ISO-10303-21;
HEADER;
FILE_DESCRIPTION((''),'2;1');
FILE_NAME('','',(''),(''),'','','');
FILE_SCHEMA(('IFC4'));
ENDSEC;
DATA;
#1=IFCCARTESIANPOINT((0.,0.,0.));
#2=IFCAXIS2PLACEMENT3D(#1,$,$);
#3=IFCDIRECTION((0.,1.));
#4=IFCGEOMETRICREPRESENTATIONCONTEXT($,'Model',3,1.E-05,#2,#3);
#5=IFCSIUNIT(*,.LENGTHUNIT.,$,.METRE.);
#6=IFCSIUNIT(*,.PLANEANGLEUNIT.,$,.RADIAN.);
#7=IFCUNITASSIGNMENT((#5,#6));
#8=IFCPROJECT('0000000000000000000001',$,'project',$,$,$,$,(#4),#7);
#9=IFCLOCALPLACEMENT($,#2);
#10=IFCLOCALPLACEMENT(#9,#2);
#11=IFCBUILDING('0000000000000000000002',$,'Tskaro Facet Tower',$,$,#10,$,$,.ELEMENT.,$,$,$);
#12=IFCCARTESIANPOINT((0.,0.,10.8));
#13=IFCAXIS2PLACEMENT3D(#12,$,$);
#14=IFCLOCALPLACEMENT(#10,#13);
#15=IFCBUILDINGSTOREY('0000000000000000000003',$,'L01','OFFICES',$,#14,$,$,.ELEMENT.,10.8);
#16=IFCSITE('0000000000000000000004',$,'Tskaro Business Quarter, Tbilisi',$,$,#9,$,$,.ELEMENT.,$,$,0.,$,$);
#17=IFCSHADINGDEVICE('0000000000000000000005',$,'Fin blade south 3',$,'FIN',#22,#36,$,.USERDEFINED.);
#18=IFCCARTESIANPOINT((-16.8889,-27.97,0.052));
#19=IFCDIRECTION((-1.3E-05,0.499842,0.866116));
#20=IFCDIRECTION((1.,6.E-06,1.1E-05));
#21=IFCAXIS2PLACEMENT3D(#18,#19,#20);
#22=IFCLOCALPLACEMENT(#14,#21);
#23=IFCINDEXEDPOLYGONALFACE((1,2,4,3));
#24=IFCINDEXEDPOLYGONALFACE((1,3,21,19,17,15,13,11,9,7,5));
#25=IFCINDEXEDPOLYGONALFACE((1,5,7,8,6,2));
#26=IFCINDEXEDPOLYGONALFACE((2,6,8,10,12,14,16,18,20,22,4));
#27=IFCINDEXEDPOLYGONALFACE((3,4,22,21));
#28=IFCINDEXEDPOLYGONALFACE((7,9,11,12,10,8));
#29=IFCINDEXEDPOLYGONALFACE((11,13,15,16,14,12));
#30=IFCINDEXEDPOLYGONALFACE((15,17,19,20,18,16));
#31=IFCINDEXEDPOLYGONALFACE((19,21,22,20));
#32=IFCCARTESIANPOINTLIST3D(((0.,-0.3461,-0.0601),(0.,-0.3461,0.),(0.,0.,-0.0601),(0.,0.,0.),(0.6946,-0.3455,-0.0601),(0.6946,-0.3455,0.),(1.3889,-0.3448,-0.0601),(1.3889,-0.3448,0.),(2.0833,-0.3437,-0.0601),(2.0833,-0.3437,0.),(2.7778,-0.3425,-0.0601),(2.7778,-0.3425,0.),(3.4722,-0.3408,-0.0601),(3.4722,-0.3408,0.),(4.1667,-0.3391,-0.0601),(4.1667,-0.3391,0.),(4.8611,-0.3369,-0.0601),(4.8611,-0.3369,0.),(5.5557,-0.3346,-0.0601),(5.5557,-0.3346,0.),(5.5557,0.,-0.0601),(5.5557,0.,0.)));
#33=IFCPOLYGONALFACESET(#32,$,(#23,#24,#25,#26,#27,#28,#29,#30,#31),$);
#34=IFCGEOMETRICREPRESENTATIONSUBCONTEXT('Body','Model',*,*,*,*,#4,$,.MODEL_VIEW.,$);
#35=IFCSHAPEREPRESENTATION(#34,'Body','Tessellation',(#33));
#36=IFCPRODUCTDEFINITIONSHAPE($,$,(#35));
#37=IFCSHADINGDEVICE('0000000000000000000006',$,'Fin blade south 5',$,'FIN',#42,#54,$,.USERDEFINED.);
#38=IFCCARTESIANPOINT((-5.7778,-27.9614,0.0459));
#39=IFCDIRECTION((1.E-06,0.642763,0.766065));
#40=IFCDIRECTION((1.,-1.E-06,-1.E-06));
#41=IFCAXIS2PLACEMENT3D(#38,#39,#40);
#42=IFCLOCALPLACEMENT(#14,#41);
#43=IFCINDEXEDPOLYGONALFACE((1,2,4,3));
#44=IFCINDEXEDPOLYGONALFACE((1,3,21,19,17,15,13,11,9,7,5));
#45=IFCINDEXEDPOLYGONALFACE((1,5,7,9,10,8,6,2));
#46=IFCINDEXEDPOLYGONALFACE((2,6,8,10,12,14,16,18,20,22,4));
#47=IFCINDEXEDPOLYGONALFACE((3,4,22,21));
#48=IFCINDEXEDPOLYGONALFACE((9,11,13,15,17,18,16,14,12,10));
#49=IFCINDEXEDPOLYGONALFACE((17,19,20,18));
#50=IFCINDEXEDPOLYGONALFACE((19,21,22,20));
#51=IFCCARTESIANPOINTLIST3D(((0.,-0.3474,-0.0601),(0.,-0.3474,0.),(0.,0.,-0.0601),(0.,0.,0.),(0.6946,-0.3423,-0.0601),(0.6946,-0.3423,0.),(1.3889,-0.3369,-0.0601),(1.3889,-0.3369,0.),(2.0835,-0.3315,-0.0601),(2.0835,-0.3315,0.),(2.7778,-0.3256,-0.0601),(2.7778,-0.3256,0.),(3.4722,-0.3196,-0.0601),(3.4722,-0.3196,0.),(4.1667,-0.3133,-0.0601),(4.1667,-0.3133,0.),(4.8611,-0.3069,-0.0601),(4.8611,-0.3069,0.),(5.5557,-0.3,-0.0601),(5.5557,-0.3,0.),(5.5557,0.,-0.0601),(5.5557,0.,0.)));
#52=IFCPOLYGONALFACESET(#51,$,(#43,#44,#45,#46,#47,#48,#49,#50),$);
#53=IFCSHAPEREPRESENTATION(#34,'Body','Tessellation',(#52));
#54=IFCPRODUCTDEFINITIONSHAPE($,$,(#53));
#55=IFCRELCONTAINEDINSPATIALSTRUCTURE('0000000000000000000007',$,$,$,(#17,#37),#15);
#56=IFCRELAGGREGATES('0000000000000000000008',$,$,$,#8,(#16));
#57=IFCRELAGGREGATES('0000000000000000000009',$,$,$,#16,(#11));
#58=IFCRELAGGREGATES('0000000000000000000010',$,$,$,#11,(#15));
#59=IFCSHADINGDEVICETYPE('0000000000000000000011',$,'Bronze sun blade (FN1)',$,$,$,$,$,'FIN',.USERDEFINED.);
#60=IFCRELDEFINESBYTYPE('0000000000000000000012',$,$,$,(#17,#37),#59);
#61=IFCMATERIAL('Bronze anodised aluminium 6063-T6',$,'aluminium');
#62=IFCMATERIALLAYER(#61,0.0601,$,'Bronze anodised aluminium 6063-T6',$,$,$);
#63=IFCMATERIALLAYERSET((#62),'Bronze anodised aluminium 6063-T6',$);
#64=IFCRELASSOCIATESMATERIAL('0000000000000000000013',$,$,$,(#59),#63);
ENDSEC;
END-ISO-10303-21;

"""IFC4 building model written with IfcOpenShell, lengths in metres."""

from ifc_helpers import new_model, si_unit, direction, frame, origin, place, context, subcontext, project, spatial, polyline, outline, extrude, material, layer, layer_set, type_object, element, save


model = new_model("IFC4")

# Units and contexts
model_context = context("Model", 3, precision=1e-05, world=origin(), true_north=direction((0.0, 1.0)))
body_context = subcontext(model_context, "Body", "Model", "MODEL_VIEW")
ifc_project = project(units=[si_unit("LENGTHUNIT", "METRE"), si_unit("PLANEANGLEUNIT", "RADIAN")], contexts=[model_context])

# Site, building, storey
site_placement = place(None, origin())
site = spatial("IfcSite", under=ifc_project, at=site_placement, Name="Tskaro Business Quarter, Tbilisi", CompositionType="ELEMENT", RefElevation=0.0)
building_placement = place(site_placement, origin())
building = spatial("IfcBuilding", under=site, at=building_placement, Name="Tskaro Facet Tower", CompositionType="ELEMENT")
storey_placement = place(building_placement, frame((0.0, 0.0, 10.8)))
storey = spatial("IfcBuildingStorey", under=building, at=storey_placement, Name="L01", Description="OFFICES", CompositionType="ELEMENT", Elevation=10.8)

# Shared definitions
ifc_material_1 = material(Name="Bronze anodised aluminium 6063-T6", Category="aluminium")

# Shading devices
ifc_layer_1 = layer(ifc_material_1, 0.0601, Name="Bronze anodised aluminium 6063-T6")
ifc_layer_set_1 = layer_set([ifc_layer_1], Name="Bronze anodised aluminium 6063-T6")
shading_device_type = type_object("IfcShadingDeviceType", Name="Bronze sun blade (FN1)", ElementType="FIN", PredefinedType="USERDEFINED", material=ifc_layer_set_1)
shading_device_1_placement = place(storey_placement, frame((-16.8889, -27.97, 0.052), z_axis=(-0.000013, 0.499842, 0.866116), x_axis=(1.0, 0.000006, 0.000011)))
element("IfcShadingDevice", 1, at=shading_device_1_placement, inside=storey, type_object=shading_device_type, Name="Fin blade south 3", ObjectType="FIN", PredefinedType="USERDEFINED", context=body_context, shape_type="SweptSolid", body=[
    extrude(outline(polyline([(0.0, 0.0), (5.5557, 0.0), (5.5557, -0.3346), (4.8611, -0.3369), (4.1667, -0.3391), (3.4722, -0.3408), (2.7778, -0.3425), (2.0833, -0.3437), (1.3889, -0.3448), (0.6946, -0.3455), (0.0, -0.3461), (0.0, 0.0)])), origin(), (0.0, 0.0, -1.0), 0.0601),
])
shading_device_2_placement = place(storey_placement, frame((-5.7778, -27.9614, 0.0459), z_axis=(0.000001, 0.642763, 0.766065), x_axis=(1.0, -0.000001, -0.000001)))
element("IfcShadingDevice", 2, at=shading_device_2_placement, inside=storey, type_object=shading_device_type, Name="Fin blade south 5", ObjectType="FIN", PredefinedType="USERDEFINED", context=body_context, shape_type="SweptSolid", body=[
    extrude(outline(polyline([(0.0, 0.0), (5.5557, 0.0), (5.5557, -0.3), (4.8611, -0.3069), (4.1667, -0.3133), (3.4722, -0.3196), (2.7778, -0.3256), (2.0835, -0.3315), (1.3889, -0.3369), (0.6946, -0.3423), (0.0, -0.3474), (0.0, 0.0)])), origin(), (0.0, 0.0, -1.0), 0.0601),
])

save(model, "model.ifc")
